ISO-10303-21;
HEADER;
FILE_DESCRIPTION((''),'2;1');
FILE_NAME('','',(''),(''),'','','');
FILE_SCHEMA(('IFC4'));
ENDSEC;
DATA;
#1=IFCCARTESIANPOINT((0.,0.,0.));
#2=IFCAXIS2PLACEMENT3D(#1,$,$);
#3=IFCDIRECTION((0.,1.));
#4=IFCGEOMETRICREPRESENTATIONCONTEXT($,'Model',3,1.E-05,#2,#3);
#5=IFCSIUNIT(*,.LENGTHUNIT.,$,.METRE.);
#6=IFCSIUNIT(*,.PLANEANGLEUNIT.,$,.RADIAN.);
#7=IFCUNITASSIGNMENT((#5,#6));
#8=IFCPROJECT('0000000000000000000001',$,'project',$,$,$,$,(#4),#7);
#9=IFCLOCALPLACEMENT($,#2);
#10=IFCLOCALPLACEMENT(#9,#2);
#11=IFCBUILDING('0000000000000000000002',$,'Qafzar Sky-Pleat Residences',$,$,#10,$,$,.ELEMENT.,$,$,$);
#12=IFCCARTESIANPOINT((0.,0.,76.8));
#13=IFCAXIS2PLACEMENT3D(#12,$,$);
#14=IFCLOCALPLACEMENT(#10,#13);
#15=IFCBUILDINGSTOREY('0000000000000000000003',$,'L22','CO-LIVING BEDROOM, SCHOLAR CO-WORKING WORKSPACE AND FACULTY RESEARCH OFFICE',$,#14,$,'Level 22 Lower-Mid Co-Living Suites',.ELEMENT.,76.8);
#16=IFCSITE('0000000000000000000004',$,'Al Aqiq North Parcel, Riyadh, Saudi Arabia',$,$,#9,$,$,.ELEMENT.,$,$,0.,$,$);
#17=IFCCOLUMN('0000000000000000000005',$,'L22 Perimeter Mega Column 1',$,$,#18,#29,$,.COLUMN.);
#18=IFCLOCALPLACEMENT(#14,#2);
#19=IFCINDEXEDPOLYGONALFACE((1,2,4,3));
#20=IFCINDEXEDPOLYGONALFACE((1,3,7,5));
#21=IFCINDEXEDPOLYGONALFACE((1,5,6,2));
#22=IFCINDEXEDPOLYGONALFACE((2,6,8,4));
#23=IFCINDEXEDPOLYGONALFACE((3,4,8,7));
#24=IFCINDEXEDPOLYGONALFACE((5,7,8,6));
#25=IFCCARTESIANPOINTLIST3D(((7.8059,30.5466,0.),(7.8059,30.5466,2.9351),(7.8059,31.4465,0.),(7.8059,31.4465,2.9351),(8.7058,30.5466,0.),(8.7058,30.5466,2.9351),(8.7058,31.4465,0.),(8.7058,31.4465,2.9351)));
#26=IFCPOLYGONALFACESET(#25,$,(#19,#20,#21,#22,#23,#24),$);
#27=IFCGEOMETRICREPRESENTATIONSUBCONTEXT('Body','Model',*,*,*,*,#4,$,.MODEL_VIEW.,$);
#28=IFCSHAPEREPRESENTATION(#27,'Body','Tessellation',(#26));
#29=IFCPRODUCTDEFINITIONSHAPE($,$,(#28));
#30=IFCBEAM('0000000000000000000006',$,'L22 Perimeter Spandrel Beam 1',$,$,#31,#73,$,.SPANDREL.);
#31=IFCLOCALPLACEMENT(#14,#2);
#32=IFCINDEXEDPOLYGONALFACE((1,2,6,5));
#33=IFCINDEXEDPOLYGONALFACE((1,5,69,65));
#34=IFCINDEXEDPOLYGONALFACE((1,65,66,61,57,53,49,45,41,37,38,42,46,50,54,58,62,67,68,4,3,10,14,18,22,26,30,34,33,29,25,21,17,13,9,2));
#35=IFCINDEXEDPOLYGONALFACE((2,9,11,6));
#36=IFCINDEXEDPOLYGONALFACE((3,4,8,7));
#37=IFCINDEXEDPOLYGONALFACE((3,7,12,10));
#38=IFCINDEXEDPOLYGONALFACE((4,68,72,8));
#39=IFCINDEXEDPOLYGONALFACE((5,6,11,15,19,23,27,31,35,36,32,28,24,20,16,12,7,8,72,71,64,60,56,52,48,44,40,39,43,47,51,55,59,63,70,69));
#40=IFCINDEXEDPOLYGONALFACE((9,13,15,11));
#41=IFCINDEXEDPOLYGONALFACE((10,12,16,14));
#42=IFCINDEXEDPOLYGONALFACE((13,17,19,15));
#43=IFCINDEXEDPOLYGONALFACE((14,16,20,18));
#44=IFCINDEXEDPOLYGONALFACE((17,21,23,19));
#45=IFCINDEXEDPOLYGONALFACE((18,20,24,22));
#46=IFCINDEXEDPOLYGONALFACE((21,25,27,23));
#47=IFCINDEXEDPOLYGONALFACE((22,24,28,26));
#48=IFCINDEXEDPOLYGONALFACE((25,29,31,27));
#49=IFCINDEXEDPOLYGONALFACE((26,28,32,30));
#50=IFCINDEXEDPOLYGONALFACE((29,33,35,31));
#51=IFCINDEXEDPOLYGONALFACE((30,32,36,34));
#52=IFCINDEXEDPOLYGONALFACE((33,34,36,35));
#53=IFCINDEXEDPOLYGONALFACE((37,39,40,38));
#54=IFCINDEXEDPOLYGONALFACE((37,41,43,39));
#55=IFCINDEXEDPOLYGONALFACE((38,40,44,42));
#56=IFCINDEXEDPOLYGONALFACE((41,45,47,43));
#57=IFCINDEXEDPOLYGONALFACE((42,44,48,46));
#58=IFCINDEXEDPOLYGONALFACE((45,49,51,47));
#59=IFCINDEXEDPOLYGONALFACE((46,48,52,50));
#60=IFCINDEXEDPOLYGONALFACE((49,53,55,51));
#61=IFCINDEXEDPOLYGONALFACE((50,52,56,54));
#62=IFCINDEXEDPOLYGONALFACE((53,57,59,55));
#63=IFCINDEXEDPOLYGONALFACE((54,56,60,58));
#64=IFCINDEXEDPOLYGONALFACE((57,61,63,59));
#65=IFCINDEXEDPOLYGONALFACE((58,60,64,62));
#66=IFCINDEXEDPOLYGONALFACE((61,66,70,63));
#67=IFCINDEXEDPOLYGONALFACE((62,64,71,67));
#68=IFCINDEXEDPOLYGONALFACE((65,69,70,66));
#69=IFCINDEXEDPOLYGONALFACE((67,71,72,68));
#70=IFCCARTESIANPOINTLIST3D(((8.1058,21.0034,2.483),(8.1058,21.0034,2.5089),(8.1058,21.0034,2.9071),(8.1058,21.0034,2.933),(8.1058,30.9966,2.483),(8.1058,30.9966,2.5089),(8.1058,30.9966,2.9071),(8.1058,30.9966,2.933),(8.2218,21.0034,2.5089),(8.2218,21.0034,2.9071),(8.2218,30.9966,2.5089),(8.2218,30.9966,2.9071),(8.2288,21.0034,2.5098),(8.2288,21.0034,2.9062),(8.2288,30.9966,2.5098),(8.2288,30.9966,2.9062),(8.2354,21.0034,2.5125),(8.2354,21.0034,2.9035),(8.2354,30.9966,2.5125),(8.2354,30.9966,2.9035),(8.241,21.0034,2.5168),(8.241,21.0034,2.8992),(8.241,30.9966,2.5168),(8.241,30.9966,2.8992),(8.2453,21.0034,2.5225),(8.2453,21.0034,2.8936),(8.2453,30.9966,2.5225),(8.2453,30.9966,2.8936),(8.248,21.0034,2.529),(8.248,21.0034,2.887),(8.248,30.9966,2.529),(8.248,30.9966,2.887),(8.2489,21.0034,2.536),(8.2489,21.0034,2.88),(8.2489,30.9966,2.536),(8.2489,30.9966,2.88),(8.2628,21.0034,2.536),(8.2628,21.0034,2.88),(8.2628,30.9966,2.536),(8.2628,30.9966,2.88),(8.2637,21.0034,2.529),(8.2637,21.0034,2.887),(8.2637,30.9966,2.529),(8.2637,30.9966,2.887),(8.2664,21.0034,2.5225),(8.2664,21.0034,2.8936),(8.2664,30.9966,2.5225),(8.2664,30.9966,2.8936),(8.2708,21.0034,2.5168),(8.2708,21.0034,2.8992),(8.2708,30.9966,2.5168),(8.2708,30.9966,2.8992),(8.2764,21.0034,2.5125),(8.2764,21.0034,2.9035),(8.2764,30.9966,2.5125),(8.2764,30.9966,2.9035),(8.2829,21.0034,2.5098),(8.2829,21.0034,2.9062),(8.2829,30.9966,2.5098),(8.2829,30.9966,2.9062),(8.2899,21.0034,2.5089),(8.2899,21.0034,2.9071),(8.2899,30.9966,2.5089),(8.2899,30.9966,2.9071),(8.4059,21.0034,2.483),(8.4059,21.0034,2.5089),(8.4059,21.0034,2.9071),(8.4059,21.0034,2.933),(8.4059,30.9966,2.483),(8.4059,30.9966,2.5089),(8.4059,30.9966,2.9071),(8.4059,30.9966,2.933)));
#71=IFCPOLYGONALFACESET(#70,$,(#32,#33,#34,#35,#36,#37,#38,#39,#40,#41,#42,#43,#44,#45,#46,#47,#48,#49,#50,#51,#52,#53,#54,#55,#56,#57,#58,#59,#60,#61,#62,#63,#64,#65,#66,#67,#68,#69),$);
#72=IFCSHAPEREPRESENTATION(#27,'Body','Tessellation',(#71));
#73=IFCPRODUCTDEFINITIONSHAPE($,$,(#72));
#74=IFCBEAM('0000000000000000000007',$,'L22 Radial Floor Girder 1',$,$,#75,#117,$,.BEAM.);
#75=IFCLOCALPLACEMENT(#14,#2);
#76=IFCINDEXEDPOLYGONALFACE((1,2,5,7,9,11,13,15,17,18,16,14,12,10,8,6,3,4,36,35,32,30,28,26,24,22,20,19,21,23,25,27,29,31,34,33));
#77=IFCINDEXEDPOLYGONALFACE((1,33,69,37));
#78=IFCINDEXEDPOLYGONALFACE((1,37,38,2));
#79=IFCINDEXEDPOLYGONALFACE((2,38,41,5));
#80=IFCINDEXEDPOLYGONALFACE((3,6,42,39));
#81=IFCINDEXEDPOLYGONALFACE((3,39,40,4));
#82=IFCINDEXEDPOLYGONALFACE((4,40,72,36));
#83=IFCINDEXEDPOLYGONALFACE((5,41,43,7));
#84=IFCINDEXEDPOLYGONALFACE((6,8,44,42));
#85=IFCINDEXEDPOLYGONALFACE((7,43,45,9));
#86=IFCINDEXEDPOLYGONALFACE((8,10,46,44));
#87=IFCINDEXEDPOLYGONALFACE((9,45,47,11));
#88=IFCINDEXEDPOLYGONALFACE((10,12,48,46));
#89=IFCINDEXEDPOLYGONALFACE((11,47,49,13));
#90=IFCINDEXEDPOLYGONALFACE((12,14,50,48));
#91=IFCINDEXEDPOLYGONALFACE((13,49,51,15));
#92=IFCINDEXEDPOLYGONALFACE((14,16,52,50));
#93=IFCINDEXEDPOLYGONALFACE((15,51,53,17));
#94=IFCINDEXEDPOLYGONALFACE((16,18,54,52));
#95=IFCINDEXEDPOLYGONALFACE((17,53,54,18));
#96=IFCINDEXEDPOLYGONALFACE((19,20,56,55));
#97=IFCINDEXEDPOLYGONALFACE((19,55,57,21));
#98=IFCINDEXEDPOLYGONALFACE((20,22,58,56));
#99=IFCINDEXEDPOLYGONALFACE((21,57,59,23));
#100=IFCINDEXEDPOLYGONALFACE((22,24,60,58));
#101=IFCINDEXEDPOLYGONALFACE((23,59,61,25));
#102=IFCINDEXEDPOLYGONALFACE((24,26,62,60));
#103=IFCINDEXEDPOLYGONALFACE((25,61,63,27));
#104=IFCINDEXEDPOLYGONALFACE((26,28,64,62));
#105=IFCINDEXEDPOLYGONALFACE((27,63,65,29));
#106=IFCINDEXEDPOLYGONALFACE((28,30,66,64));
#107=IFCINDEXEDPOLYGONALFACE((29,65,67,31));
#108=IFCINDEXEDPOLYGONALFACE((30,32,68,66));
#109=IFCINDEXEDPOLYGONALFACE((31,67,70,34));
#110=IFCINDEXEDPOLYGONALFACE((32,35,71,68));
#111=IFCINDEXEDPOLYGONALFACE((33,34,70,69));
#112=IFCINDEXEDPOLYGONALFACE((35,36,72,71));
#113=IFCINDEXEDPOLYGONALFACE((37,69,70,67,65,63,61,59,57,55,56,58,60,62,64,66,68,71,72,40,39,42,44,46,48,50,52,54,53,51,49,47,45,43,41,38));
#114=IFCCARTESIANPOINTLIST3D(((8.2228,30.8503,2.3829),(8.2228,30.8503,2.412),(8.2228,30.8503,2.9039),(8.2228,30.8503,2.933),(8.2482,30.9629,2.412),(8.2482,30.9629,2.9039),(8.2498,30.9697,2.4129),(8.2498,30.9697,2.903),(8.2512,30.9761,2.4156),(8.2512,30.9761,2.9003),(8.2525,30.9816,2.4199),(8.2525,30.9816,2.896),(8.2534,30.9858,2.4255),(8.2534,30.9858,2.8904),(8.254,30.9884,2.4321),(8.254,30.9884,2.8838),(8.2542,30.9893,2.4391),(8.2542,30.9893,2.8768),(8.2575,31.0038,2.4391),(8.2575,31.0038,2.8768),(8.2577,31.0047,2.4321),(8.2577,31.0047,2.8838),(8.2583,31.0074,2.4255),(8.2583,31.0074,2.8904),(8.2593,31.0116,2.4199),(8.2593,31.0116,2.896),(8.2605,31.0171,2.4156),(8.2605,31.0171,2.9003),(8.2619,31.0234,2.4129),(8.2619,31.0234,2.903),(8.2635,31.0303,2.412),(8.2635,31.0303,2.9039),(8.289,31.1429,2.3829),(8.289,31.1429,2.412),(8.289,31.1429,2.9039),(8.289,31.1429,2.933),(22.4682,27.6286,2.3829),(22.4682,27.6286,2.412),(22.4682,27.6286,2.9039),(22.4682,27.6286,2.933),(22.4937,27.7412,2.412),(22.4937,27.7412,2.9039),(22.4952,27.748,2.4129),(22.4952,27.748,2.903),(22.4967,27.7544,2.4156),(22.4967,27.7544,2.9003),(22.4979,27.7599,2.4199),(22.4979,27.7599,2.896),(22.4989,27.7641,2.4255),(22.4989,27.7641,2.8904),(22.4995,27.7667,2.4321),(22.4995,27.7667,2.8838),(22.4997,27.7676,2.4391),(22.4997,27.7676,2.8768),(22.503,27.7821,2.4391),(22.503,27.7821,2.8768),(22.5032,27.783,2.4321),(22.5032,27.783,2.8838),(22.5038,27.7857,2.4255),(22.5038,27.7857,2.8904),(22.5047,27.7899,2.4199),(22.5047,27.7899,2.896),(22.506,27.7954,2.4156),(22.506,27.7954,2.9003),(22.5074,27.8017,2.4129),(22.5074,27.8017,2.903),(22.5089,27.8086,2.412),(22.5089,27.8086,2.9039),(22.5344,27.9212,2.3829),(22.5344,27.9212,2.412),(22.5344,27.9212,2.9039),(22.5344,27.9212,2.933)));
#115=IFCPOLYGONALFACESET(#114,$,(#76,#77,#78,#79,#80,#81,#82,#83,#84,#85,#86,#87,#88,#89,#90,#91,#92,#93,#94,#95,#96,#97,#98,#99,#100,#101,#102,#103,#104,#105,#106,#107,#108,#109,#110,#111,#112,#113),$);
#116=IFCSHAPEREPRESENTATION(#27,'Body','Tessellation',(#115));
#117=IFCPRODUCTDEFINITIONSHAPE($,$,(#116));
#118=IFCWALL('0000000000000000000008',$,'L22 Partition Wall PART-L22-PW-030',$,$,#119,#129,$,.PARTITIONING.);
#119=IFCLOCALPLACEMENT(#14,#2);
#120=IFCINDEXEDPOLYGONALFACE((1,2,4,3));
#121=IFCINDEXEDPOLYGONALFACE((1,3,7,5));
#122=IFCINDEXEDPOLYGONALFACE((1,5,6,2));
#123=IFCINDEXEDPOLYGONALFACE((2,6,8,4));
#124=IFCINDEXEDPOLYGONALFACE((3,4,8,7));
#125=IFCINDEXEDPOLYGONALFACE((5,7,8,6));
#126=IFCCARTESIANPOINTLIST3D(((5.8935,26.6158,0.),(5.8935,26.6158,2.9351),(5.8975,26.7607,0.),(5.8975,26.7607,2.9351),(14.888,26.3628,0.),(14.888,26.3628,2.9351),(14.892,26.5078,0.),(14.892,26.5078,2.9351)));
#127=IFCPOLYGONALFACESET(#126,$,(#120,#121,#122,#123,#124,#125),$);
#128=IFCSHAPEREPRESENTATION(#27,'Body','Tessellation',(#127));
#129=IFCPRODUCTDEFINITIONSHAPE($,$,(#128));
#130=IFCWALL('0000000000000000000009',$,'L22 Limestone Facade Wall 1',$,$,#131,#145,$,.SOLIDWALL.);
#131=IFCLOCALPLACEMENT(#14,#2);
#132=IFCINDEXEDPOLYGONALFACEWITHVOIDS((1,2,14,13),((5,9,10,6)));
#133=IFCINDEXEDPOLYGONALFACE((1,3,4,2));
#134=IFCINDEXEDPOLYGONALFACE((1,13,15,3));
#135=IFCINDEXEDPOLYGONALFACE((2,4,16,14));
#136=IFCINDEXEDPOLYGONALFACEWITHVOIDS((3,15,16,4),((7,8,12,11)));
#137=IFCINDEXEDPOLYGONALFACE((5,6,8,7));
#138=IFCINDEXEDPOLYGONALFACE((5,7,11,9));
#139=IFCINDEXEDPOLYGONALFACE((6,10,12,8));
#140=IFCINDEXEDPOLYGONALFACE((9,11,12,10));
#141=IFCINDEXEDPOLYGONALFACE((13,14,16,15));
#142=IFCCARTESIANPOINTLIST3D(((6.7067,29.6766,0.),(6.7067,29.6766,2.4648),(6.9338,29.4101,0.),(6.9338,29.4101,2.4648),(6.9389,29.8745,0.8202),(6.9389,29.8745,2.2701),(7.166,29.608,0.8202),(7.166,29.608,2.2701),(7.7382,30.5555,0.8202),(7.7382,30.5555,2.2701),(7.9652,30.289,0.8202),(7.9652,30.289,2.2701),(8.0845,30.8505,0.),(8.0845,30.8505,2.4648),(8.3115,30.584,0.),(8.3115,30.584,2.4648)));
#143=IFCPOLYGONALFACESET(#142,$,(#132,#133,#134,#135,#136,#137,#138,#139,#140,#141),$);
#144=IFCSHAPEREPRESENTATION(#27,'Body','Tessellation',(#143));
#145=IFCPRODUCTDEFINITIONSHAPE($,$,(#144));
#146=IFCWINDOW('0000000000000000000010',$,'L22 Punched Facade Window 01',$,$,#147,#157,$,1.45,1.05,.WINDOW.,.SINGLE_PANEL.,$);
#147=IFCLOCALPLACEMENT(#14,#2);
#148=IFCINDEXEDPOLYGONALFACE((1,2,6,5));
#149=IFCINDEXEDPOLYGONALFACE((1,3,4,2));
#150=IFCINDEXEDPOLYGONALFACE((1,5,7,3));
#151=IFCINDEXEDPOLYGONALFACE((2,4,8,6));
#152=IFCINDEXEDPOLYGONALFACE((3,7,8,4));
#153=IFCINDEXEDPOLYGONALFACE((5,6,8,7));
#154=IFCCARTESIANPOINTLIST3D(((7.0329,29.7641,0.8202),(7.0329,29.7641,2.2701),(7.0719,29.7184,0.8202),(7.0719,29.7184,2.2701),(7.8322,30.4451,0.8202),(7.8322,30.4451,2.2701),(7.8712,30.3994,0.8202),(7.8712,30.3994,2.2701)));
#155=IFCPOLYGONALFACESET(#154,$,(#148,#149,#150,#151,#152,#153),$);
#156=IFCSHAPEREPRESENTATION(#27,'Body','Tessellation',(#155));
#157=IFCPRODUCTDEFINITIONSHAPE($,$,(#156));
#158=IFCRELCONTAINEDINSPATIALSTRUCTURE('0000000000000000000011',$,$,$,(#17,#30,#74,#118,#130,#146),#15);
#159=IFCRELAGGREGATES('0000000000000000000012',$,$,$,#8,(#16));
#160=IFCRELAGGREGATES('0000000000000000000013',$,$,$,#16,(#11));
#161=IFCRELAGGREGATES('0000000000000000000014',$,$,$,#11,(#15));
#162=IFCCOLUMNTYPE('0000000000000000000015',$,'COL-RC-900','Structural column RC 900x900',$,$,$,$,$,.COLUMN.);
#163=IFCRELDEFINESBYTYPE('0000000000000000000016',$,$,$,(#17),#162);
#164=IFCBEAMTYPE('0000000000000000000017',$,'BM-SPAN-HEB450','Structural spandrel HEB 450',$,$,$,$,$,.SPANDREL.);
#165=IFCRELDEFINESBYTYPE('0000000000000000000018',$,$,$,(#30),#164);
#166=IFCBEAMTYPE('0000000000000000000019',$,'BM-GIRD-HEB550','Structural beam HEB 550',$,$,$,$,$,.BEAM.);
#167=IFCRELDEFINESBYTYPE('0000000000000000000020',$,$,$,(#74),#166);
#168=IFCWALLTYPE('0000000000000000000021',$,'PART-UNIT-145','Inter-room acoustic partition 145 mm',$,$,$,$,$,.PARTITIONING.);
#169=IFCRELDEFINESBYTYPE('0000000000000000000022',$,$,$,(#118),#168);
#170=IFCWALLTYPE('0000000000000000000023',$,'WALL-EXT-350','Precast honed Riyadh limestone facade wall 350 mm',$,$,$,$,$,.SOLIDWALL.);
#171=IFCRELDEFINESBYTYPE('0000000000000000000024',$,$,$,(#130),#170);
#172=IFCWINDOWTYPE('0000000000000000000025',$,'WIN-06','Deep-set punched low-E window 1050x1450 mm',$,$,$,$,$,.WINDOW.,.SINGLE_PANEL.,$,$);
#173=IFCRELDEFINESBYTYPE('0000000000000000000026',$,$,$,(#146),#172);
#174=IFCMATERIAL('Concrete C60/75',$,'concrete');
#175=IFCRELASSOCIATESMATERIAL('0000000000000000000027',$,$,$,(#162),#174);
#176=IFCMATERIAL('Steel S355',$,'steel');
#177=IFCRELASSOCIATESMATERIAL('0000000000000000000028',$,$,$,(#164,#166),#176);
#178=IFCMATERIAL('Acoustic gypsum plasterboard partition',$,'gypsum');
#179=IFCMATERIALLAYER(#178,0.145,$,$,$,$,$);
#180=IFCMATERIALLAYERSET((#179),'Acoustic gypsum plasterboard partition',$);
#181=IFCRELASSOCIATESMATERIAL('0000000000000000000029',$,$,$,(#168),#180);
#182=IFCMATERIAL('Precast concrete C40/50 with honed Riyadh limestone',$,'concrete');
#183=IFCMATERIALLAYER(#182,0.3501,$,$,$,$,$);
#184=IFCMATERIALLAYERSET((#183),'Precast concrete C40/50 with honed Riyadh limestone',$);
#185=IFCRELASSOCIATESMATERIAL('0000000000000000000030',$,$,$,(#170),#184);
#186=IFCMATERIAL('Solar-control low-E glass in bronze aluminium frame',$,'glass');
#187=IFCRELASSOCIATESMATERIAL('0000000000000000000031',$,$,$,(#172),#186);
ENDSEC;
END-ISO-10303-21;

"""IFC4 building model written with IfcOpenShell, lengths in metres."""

from ifc_helpers import new_model, si_unit, direction, frame, frame_2d, origin, origin_2d, place, context, subcontext, project, spatial, rectangle, i_section, extrude, source, transform, mapped, material, layer, layer_set, material_profile, profile_set, type_object, element, fill, save


model = new_model("IFC4")

# Units and contexts
model_context = context("Model", 3, precision=1e-05, world=origin(), true_north=direction((0.0, 1.0)))
body_context = subcontext(model_context, "Body", "Model", "MODEL_VIEW")
ifc_project = project(units=[si_unit("LENGTHUNIT", "METRE"), si_unit("PLANEANGLEUNIT", "RADIAN")], contexts=[model_context])

# Site, building, storey
site_placement = place(None, origin())
site = spatial("IfcSite", under=ifc_project, at=site_placement, Name="Al Aqiq North Parcel, Riyadh, Saudi Arabia", CompositionType="ELEMENT", RefElevation=0.0)
building_placement = place(site_placement, origin())
building = spatial("IfcBuilding", under=site, at=building_placement, Name="Qafzar Sky-Pleat Residences", CompositionType="ELEMENT")
storey_placement = place(building_placement, frame((0.0, 0.0, 76.8)))
storey = spatial("IfcBuildingStorey", under=building, at=storey_placement, Name="L22", Description="CO-LIVING BEDROOM, SCHOLAR CO-WORKING WORKSPACE AND FACULTY RESEARCH OFFICE", LongName="Level 22 Lower-Mid Co-Living Suites", CompositionType="ELEMENT", Elevation=76.8)

# Column
ifc_material_1 = material(Name="Concrete C60/75", Category="concrete")
ifc_material_profile_1 = material_profile(ifc_material_1, rectangle(XDim=0.8999, YDim=0.8999, at=origin_2d()), Name="RC 900x900")
ifc_profile_set_1 = profile_set([ifc_material_profile_1], Name="Concrete C60/75")
column_type = type_object("IfcColumnType", Name="COL-RC-900", Description="Structural column RC 900x900", PredefinedType="COLUMN", material=ifc_profile_set_1)
shared_shape_1 = source(origin(), body_context, "Body", "SweptSolid", [
    extrude(rectangle(XDim=0.8999, YDim=0.8999, at=origin_2d()), origin(), (0.0, 0.0, 1.0), 2.9351),
])
column_placement = place(storey_placement, frame((8.2559, 30.9966, 0.0), z_axis=(0.0, 0.0, 1.0), x_axis=(1.0, 0.0, 0.0)))
element("IfcColumn", 1, at=column_placement, inside=storey, type_object=column_type, Name="L22 Perimeter Mega Column 1", PredefinedType="COLUMN", context=body_context, shape_type="MappedRepresentation", body=[
    mapped(shared_shape_1, transform((0.0, 0.0, 0.0), x_axis=(1.0, 0.0, 0.0), y_axis=(0.0, 1.0, 0.0), z_axis=(0.0, 0.0, 1.0), scale=1.0)),
])

# Beams
ifc_material_2 = material(Name="Steel S355", Category="steel")
ifc_material_profile_2 = material_profile(ifc_material_2, i_section(OverallWidth=0.3, OverallDepth=0.45, WebThickness=0.0139, FlangeThickness=0.0259, FilletRadius=0.0271, at=origin_2d()), Name="HEB 450")
ifc_profile_set_2 = profile_set([ifc_material_profile_2], Name="Steel S355")
beam_type_1 = type_object("IfcBeamType", Name="BM-SPAN-HEB450", Description="Structural spandrel HEB 450", PredefinedType="SPANDREL", material=ifc_profile_set_2)
shared_shape_2 = source(origin(), body_context, "Body", "SweptSolid", [
    extrude(i_section(OverallWidth=0.3, OverallDepth=0.45, WebThickness=0.0139, FlangeThickness=0.0259, FilletRadius=0.0271, at=origin_2d()), origin(), (0.0, 0.0, 1.0), 9.9932),
])
beam_1_placement = place(storey_placement, frame((8.2559, 30.9966, 2.708), z_axis=(0.0, -1.0, 0.0), x_axis=(1.0, 0.0, 0.0)))
element("IfcBeam", 2, at=beam_1_placement, inside=storey, type_object=beam_type_1, Name="L22 Perimeter Spandrel Beam 1", PredefinedType="SPANDREL", context=body_context, shape_type="MappedRepresentation", body=[
    mapped(shared_shape_2, transform((0.0, 0.0, 0.0), x_axis=(1.0, 0.0, 0.0), y_axis=(0.0, 1.0, 0.0), z_axis=(0.0, 0.0, 1.0), scale=1.0)),
])
ifc_material_profile_3 = material_profile(ifc_material_2, i_section(OverallWidth=0.3, OverallDepth=0.55, WebThickness=0.0149, FlangeThickness=0.0291, FilletRadius=0.0271, at=origin_2d()), Name="HEB 550")
ifc_profile_set_3 = profile_set([ifc_material_profile_3], Name="Steel S355")
beam_type_2 = type_object("IfcBeamType", Name="BM-GIRD-HEB550", Description="Structural beam HEB 550", PredefinedType="BEAM", material=ifc_profile_set_3)
shared_shape_3 = source(origin(), body_context, "Body", "SweptSolid", [
    extrude(i_section(OverallWidth=0.3, OverallDepth=0.55, WebThickness=0.0149, FlangeThickness=0.0291, FilletRadius=0.0271, at=origin_2d()), origin(), (0.0, 0.0, 1.0), 14.6052),
])
beam_2_placement = place(storey_placement, frame((8.2559, 30.9966, 2.658), z_axis=(0.975368, -0.220586, 0.0), x_axis=(0.220586, 0.975368, 0.0)))
element("IfcBeam", 3, at=beam_2_placement, inside=storey, type_object=beam_type_2, Name="L22 Radial Floor Girder 1", PredefinedType="BEAM", context=body_context, shape_type="MappedRepresentation", body=[
    mapped(shared_shape_3, transform((0.0, 0.0, 0.0), x_axis=(1.0, 0.0, 0.0), y_axis=(0.0, 1.0, 0.0), z_axis=(0.0, 0.0, 1.0), scale=1.0)),
])

# Wall
ifc_material_3 = material(Name="Acoustic gypsum plasterboard partition", Category="gypsum")
ifc_layer_1 = layer(ifc_material_3, 0.145)
ifc_layer_set_1 = layer_set([ifc_layer_1], Name="Acoustic gypsum plasterboard partition")
wall_type_1 = type_object("IfcWallType", Name="PART-UNIT-145", Description="Inter-room acoustic partition 145 mm", PredefinedType="PARTITIONING", material=ifc_layer_set_1)
wall_1_placement = place(storey_placement, frame((5.8955, 26.6882, 0.0), z_axis=(0.0, 0.0, 1.0), x_axis=(0.999605, -0.02811, 0.0)))
element("IfcWall", 4, at=wall_1_placement, inside=storey, type_object=wall_type_1, Name="L22 Partition Wall PART-L22-PW-030", PredefinedType="PARTITIONING", context=body_context, shape_type="SweptSolid", body=[
    extrude(rectangle(XDim=8.998, YDim=0.145, at=frame_2d((4.499, 0.0))), origin(), (0.0, 0.0, 1.0), 2.9351),
])

# Wall, opening, window
ifc_material_4 = material(Name="Precast concrete C40/50 with honed Riyadh limestone", Category="concrete")
ifc_layer_2 = layer(ifc_material_4, 0.3501)
ifc_layer_set_2 = layer_set([ifc_layer_2], Name="Precast concrete C40/50 with honed Riyadh limestone")
wall_type_2 = type_object("IfcWallType", Name="WALL-EXT-350", Description="Precast honed Riyadh limestone facade wall 350 mm", PredefinedType="SOLIDWALL", material=ifc_layer_set_2)
wall_2_placement = place(storey_placement, frame((8.198, 30.7173, 0.0), z_axis=(0.0, 0.0, 1.0), x_axis=(-0.761177, -0.648545, 0.0)))
wall_2 = element("IfcWall", 5, at=wall_2_placement, inside=storey, type_object=wall_type_2, Name="L22 Limestone Facade Wall 1", PredefinedType="SOLIDWALL", context=body_context, shape_type="SweptSolid", body=[
    extrude(rectangle(XDim=1.8101, YDim=0.3501, at=frame_2d((0.905, 0.0))), origin(), (0.0, 0.0, 1.0), 2.4648),
])
opening_1_placement = place(wall_2_placement, frame((0.4551, 0.0, 0.8201)))
opening_1 = element("IfcOpeningElement", 6, at=opening_1_placement, cuts=wall_2, PredefinedType="OPENING", context=body_context, shape_type="SweptSolid", body=[
    extrude(rectangle(XDim=1.05, YDim=1.45, at=frame_2d((0.5249, 0.7251))), frame((0.0, 0.1851, 0.0), z_axis=(0.0, -1.0, 0.0), x_axis=(1.0, 0.0, 0.0)), (0.0, 0.0, 1.0), 0.3701),
])
ifc_material_5 = material(Name="Solar-control low-E glass in bronze aluminium frame", Category="glass")
window_type_1 = type_object("IfcWindowType", Name="WIN-06", Description="Deep-set punched low-E window 1050x1450 mm", PartitioningType="SINGLE_PANEL", PredefinedType="WINDOW", material=ifc_material_5)
shared_shape_4 = source(origin(), body_context, "Body", "SweptSolid", [
    extrude(rectangle(XDim=1.05, YDim=1.45, at=frame_2d((0.5249, 0.7251))), frame((0.0, 0.03, 0.0), z_axis=(0.0, -1.0, 0.0), x_axis=(1.0, 0.0, 0.0)), (0.0, 0.0, 1.0), 0.0601),
])
window_1_placement = place(opening_1_placement, origin())
window_1 = element("IfcWindow", 7, at=window_1_placement, inside=storey, type_object=window_type_1, Name="L22 Punched Facade Window 01", OverallHeight=1.45, OverallWidth=1.05, PartitioningType="SINGLE_PANEL", PredefinedType="WINDOW", context=body_context, shape_type="MappedRepresentation", body=[
    mapped(shared_shape_4, transform((0.0, 0.0, 0.0), x_axis=(1.0, 0.0, 0.0), y_axis=(0.0, 1.0, 0.0), z_axis=(0.0, 0.0, 1.0), scale=1.0)),
])
fill(opening_1, window_1)

save(model, "model.ifc")
